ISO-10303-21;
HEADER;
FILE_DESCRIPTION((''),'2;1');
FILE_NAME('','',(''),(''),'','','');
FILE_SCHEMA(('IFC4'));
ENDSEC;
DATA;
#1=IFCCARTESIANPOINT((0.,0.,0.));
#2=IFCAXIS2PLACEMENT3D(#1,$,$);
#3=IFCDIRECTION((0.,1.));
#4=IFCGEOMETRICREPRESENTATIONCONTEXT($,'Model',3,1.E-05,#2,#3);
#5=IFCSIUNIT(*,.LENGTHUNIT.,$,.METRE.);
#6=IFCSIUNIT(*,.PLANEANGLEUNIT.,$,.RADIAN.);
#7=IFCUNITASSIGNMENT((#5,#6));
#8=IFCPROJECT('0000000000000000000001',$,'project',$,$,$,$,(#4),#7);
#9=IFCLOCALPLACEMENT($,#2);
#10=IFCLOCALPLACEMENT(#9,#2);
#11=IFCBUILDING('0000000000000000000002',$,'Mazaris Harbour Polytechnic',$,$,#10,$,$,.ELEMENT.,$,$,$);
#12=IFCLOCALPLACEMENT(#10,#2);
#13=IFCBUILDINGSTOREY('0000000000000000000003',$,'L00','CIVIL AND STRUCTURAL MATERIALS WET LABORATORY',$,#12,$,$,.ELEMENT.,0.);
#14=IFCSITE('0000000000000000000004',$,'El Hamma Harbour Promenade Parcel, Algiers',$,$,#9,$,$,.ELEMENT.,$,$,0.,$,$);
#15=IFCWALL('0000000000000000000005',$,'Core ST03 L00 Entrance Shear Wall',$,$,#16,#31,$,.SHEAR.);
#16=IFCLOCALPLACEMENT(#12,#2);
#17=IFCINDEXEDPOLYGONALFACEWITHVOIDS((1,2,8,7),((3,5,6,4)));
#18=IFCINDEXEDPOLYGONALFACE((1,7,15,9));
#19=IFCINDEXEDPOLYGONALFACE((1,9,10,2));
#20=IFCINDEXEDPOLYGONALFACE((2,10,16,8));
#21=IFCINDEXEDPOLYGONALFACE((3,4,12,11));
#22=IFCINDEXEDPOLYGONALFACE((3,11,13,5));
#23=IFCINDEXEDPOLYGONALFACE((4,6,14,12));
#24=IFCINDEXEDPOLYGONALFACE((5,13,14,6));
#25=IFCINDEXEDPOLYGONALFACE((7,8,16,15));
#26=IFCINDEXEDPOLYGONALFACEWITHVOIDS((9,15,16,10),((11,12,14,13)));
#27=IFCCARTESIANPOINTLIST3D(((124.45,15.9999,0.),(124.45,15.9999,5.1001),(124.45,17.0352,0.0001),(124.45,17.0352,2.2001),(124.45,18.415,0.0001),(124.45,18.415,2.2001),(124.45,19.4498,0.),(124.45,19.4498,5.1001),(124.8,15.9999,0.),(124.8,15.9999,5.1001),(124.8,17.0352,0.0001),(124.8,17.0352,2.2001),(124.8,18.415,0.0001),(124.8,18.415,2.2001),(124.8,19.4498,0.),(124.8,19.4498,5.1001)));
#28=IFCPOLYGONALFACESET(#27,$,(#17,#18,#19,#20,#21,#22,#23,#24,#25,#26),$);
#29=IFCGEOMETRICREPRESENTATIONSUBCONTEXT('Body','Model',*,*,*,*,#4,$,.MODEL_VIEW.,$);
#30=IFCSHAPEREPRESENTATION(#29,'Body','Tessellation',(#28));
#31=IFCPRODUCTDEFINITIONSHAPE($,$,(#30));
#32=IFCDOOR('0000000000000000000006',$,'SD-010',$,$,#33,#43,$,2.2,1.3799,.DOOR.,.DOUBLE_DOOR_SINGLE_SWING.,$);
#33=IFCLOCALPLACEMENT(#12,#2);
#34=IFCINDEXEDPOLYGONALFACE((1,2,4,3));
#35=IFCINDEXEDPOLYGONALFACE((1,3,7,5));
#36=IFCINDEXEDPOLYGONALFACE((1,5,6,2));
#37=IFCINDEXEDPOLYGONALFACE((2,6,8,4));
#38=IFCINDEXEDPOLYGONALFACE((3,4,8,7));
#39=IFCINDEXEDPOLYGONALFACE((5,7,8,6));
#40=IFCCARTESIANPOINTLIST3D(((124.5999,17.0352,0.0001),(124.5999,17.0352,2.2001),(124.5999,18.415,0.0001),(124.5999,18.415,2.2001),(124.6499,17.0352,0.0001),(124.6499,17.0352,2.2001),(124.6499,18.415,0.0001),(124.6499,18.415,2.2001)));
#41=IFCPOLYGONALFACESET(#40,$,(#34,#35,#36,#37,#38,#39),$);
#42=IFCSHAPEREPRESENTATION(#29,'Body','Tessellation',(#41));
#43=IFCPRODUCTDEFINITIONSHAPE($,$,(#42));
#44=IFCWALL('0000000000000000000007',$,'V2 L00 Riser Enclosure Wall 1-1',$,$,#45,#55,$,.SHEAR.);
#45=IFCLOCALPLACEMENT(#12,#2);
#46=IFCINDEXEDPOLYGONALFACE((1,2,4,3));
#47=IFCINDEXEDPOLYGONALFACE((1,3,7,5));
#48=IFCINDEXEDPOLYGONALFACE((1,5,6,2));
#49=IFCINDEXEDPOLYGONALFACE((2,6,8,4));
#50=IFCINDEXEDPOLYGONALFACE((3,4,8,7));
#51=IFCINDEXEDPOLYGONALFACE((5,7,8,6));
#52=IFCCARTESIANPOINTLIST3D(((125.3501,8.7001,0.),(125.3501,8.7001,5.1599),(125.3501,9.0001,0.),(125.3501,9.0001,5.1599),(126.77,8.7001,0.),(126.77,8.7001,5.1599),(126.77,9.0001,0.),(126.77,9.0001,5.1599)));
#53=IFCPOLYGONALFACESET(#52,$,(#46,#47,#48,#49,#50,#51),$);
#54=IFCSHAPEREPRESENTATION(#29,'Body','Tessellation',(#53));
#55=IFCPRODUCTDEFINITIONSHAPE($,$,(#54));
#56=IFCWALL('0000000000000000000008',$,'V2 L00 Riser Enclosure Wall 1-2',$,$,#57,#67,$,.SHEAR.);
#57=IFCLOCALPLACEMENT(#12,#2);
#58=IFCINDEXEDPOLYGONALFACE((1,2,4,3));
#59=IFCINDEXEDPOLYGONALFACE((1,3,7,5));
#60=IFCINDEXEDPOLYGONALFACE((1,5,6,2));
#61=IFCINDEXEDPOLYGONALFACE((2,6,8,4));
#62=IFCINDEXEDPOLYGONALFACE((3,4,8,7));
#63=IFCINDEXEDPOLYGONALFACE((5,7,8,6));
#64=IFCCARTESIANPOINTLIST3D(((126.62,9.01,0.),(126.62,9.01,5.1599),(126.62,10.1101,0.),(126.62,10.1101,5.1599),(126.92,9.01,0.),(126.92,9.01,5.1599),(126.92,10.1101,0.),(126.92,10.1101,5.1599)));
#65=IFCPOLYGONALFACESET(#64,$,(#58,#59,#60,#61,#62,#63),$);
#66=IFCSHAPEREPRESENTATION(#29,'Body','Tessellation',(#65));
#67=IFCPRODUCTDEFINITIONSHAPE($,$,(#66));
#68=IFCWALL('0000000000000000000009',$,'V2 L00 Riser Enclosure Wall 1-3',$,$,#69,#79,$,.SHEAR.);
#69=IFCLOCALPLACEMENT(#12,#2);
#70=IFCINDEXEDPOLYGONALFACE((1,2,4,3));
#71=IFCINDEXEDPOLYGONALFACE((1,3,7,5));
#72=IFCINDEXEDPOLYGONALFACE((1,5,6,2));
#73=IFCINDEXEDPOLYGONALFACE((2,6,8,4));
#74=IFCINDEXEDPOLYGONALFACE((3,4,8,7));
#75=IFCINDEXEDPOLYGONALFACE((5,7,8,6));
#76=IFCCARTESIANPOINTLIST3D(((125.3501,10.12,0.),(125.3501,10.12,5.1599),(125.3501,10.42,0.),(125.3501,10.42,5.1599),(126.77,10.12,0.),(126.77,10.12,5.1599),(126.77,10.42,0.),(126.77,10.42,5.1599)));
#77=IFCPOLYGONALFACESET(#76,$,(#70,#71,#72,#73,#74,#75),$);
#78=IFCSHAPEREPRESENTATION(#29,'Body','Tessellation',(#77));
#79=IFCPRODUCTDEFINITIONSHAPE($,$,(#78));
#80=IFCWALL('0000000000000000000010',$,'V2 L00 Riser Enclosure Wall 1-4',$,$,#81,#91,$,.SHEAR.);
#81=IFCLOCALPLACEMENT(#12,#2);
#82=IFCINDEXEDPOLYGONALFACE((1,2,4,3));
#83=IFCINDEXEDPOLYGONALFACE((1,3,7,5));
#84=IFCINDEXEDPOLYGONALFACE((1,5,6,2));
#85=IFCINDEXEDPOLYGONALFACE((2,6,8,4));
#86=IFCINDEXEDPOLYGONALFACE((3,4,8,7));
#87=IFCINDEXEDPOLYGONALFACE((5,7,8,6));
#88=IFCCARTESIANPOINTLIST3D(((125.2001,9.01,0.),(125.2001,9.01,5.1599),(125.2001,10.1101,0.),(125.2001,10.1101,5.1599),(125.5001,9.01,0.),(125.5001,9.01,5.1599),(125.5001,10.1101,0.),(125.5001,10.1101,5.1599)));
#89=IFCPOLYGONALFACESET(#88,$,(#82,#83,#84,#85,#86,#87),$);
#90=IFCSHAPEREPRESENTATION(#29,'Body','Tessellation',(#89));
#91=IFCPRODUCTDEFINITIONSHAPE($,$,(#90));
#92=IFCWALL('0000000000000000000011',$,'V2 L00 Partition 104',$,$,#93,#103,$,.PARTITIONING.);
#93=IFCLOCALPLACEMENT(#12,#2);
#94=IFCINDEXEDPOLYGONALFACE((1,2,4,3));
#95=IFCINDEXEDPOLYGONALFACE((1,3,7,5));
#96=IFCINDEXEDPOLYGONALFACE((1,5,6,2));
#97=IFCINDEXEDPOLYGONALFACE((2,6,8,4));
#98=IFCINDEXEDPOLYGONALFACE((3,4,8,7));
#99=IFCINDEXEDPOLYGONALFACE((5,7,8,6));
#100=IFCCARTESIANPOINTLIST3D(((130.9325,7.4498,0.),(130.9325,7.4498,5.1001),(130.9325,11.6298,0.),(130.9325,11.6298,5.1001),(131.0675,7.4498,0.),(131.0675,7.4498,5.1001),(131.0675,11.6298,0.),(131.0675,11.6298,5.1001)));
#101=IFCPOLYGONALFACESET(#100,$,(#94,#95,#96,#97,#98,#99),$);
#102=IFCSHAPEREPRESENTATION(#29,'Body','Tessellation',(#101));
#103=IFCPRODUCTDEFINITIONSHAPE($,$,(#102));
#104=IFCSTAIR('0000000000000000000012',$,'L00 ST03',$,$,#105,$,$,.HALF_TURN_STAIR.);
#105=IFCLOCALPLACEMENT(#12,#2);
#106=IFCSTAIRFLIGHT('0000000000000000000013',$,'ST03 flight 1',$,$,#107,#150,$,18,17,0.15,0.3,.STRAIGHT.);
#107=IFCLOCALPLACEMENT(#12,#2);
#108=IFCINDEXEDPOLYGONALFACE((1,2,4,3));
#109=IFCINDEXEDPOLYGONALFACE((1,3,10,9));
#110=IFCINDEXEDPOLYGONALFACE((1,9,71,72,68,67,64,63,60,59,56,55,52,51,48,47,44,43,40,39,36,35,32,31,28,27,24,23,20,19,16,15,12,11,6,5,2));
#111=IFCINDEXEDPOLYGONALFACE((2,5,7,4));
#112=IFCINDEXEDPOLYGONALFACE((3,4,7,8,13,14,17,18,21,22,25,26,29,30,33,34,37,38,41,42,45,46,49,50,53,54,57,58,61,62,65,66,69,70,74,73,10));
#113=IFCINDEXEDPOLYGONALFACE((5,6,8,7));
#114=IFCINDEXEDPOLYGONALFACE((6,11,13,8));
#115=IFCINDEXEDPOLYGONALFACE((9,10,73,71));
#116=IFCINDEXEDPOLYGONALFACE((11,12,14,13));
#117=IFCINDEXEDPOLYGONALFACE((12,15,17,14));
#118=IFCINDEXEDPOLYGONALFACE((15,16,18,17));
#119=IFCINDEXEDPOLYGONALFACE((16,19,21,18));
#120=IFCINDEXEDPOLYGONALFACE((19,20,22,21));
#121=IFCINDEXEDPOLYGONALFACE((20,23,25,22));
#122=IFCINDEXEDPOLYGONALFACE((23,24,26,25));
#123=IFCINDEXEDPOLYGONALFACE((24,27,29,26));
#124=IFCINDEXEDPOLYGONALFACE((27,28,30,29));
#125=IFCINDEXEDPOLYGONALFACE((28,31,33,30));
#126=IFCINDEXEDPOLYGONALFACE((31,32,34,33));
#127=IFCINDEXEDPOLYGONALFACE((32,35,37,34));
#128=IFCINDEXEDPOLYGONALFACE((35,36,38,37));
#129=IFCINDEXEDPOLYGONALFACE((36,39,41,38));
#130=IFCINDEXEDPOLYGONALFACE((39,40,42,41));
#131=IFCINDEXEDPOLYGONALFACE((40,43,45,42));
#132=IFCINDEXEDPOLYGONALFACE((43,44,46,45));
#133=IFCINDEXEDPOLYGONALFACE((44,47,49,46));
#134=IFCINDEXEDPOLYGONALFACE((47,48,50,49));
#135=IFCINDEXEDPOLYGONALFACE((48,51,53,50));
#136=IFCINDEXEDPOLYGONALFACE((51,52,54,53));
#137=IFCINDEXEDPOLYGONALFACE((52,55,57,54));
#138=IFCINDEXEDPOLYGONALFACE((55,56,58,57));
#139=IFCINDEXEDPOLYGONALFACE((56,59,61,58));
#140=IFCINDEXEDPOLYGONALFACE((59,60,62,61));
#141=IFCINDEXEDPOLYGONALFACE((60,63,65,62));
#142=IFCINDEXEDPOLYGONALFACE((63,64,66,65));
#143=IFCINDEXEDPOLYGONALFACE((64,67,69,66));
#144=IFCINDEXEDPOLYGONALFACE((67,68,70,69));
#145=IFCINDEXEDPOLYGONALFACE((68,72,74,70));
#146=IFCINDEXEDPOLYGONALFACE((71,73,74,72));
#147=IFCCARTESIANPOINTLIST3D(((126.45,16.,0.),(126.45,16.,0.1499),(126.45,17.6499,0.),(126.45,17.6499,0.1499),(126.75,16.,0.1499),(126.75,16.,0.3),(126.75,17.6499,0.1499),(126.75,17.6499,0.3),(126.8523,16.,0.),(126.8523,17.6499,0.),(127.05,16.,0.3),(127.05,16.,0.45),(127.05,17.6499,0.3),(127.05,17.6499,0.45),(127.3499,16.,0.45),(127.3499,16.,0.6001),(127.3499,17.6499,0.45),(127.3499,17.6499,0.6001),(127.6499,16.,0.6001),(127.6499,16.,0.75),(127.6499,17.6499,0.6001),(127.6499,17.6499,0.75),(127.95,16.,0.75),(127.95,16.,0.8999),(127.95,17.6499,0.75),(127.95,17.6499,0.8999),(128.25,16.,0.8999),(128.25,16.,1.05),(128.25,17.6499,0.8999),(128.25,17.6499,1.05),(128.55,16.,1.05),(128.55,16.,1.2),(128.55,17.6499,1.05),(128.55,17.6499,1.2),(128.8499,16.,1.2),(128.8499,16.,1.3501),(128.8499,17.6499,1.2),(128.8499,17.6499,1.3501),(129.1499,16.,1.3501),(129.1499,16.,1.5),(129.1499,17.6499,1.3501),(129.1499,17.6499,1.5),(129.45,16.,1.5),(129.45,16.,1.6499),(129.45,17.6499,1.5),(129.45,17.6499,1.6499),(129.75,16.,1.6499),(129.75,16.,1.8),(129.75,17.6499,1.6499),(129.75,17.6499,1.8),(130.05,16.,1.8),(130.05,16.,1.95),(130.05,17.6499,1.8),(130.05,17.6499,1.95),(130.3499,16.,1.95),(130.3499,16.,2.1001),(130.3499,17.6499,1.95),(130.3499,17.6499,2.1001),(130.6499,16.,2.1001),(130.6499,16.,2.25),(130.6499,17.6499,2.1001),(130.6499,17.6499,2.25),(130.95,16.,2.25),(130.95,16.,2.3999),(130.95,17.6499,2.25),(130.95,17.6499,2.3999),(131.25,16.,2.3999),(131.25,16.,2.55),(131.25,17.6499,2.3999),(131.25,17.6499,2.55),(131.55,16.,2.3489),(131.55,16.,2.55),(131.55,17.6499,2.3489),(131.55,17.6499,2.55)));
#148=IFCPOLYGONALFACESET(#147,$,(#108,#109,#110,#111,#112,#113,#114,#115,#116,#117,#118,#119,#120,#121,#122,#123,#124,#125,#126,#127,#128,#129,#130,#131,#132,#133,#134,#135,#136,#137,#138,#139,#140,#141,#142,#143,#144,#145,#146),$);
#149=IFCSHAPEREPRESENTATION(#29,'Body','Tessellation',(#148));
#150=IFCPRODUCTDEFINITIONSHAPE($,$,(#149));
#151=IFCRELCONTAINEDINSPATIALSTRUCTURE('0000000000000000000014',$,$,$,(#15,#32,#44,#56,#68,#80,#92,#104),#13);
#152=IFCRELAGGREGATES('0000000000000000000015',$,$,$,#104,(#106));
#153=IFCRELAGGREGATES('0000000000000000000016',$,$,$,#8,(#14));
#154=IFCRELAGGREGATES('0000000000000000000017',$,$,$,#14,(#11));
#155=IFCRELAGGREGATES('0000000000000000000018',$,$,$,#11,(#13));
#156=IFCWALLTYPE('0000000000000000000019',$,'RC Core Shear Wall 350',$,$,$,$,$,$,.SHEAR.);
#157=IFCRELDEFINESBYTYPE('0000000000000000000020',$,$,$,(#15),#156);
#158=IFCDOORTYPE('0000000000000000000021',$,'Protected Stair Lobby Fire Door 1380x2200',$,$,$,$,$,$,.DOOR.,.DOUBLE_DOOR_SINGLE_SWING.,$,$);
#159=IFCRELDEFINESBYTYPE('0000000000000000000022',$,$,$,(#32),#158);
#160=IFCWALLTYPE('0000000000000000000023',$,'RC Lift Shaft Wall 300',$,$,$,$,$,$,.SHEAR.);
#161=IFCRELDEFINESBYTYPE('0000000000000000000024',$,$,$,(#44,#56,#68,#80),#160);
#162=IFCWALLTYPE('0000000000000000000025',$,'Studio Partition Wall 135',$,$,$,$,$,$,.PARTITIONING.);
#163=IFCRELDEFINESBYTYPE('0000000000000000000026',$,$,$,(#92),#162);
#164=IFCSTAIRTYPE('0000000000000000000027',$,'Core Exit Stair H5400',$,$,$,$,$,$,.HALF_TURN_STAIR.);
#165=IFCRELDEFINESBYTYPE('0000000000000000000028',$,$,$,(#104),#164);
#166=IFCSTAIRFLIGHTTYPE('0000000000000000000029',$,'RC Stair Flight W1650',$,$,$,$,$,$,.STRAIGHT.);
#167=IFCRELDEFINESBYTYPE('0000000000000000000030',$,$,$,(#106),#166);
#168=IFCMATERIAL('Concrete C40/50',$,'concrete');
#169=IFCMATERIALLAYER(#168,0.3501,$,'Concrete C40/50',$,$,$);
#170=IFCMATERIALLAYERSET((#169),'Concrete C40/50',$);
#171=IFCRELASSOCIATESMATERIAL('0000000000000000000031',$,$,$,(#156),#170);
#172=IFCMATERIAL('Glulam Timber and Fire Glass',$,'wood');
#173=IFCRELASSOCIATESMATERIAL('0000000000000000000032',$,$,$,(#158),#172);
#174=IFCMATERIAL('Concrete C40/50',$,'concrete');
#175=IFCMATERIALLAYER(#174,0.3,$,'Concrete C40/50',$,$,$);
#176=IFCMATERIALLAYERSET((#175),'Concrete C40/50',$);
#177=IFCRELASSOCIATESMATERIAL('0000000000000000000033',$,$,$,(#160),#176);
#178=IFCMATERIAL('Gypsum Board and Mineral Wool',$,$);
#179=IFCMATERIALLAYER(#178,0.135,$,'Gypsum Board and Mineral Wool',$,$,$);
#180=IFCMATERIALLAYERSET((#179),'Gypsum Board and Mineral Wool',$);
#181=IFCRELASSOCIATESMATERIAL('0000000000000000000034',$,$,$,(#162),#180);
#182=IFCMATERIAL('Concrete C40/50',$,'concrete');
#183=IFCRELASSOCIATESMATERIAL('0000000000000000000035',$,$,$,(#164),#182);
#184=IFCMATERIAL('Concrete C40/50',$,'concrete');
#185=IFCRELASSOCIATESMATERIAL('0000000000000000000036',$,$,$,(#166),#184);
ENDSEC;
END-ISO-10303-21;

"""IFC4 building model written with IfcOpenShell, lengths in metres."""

from ifc_helpers import new_model, si_unit, direction, frame, frame_2d, origin, place, context, subcontext, project, spatial, polyline, rectangle, outline, extrude, material, layer, layer_set, type_object, element, fill, aggregate, save


model = new_model("IFC4")

# Units and contexts
model_context = context("Model", 3, precision=1e-05, world=origin(), true_north=direction((0.0, 1.0)))
body_context = subcontext(model_context, "Body", "Model", "MODEL_VIEW")
ifc_project = project(units=[si_unit("LENGTHUNIT", "METRE"), si_unit("PLANEANGLEUNIT", "RADIAN")], contexts=[model_context])

# Site, building, storey
site_placement = place(None, origin())
site = spatial("IfcSite", under=ifc_project, at=site_placement, Name="El Hamma Harbour Promenade Parcel, Algiers", CompositionType="ELEMENT", RefElevation=0.0)
building_placement = place(site_placement, origin())
building = spatial("IfcBuilding", under=site, at=building_placement, Name="Mazaris Harbour Polytechnic", CompositionType="ELEMENT")
storey_placement = place(building_placement, origin())
storey = spatial("IfcBuildingStorey", under=building, at=storey_placement, Name="L00", Description="CIVIL AND STRUCTURAL MATERIALS WET LABORATORY", CompositionType="ELEMENT", Elevation=0.0)

# Shared definitions
ifc_material_1 = material(Name="Concrete C40/50", Category="concrete")
ifc_layer_1 = layer(ifc_material_1, 0.3501, Name="Concrete C40/50")
ifc_layer_set_1 = layer_set([ifc_layer_1], Name="Concrete C40/50")
wall_type_1 = type_object("IfcWallType", Name="RC Core Shear Wall 350", PredefinedType="SHEAR", material=ifc_layer_set_1)

# Wall, opening, door
wall_1_placement = place(storey_placement, frame((124.625, 19.45, 0.0), z_axis=(0.0, 0.0, 1.0), x_axis=(0.0, -1.0, 0.0)))
wall_1 = element("IfcWall", 1, at=wall_1_placement, inside=storey, type_object=wall_type_1, Name="Core ST03 L00 Entrance Shear Wall", PredefinedType="SHEAR", context=body_context, shape_type="SweptSolid", body=[
    extrude(rectangle(XDim=3.45, YDim=0.3501, at=frame_2d((1.7251, 0.0))), origin(), (0.0, 0.0, 1.0), 5.1001),
])
opening_1_placement = place(wall_1_placement, frame((1.0349, 0.0, 0.0)))
opening_1 = element("IfcOpeningElement", 2, at=opening_1_placement, cuts=wall_1, PredefinedType="OPENING", context=body_context, shape_type="SweptSolid", body=[
    extrude(rectangle(XDim=1.3799, YDim=2.2, at=frame_2d((0.6899, 1.1001))), frame((0.0, 0.1851, 0.0), z_axis=(0.0, -1.0, 0.0), x_axis=(1.0, 0.0, 0.0)), (0.0, 0.0, 1.0), 0.3701),
])
ifc_material_2 = material(Name="Glulam Timber and Fire Glass", Category="wood")
door_type_1 = type_object("IfcDoorType", Name="Protected Stair Lobby Fire Door 1380x2200", OperationType="DOUBLE_DOOR_SINGLE_SWING", PredefinedType="DOOR", material=ifc_material_2)
door_1_placement = place(opening_1_placement, origin())
door_1 = element("IfcDoor", 3, at=door_1_placement, inside=storey, type_object=door_type_1, Name="SD-010", OperationType="DOUBLE_DOOR_SINGLE_SWING", OverallHeight=2.2, OverallWidth=1.3799, PredefinedType="DOOR", context=body_context, shape_type="SweptSolid", body=[
    extrude(rectangle(XDim=1.3799, YDim=2.2, at=frame_2d((0.6899, 1.1001))), frame((0.0, 0.0249, 0.0), z_axis=(0.0, -1.0, 0.0), x_axis=(1.0, 0.0, 0.0)), (0.0, 0.0, 1.0), 0.05),
])
fill(opening_1, door_1)

# Walls
ifc_material_3 = material(Name="Concrete C40/50", Category="concrete")
ifc_layer_2 = layer(ifc_material_3, 0.3, Name="Concrete C40/50")
ifc_layer_set_2 = layer_set([ifc_layer_2], Name="Concrete C40/50")
wall_type_2 = type_object("IfcWallType", Name="RC Lift Shaft Wall 300", PredefinedType="SHEAR", material=ifc_layer_set_2)
wall_2_placement = place(storey_placement, frame((125.3501, 8.8501, 0.0), z_axis=(0.0, 0.0, 1.0), x_axis=(1.0, 0.0, 0.0)))
element("IfcWall", 4, at=wall_2_placement, inside=storey, type_object=wall_type_2, Name="V2 L00 Riser Enclosure Wall 1-1", PredefinedType="SHEAR", context=body_context, shape_type="SweptSolid", body=[
    extrude(rectangle(XDim=1.4199, YDim=0.3, at=frame_2d((0.71, 0.0))), origin(), (0.0, 0.0, 1.0), 5.1599),
])
wall_3_placement = place(storey_placement, frame((126.77, 9.01, 0.0), z_axis=(0.0, 0.0, 1.0), x_axis=(0.0, 1.0, 0.0)))
element("IfcWall", 5, at=wall_3_placement, inside=storey, type_object=wall_type_2, Name="V2 L00 Riser Enclosure Wall 1-2", PredefinedType="SHEAR", context=body_context, shape_type="SweptSolid", body=[
    extrude(rectangle(XDim=1.1001, YDim=0.3, at=frame_2d((0.55, 0.0))), origin(), (0.0, 0.0, 1.0), 5.1599),
])
wall_4_placement = place(storey_placement, frame((126.77, 10.27, 0.0), z_axis=(0.0, 0.0, 1.0), x_axis=(-1.0, 0.0, 0.0)))
element("IfcWall", 6, at=wall_4_placement, inside=storey, type_object=wall_type_2, Name="V2 L00 Riser Enclosure Wall 1-3", PredefinedType="SHEAR", context=body_context, shape_type="SweptSolid", body=[
    extrude(rectangle(XDim=1.4199, YDim=0.3, at=frame_2d((0.71, 0.0))), origin(), (0.0, 0.0, 1.0), 5.1599),
])
wall_5_placement = place(storey_placement, frame((125.3501, 10.1101, 0.0), z_axis=(0.0, 0.0, 1.0), x_axis=(0.0, -1.0, 0.0)))
element("IfcWall", 7, at=wall_5_placement, inside=storey, type_object=wall_type_2, Name="V2 L00 Riser Enclosure Wall 1-4", PredefinedType="SHEAR", context=body_context, shape_type="SweptSolid", body=[
    extrude(rectangle(XDim=1.1001, YDim=0.3, at=frame_2d((0.55, 0.0))), origin(), (0.0, 0.0, 1.0), 5.1599),
])
ifc_material_4 = material(Name="Gypsum Board and Mineral Wool")
ifc_layer_3 = layer(ifc_material_4, 0.135, Name="Gypsum Board and Mineral Wool")
ifc_layer_set_3 = layer_set([ifc_layer_3], Name="Gypsum Board and Mineral Wool")
wall_type_3 = type_object("IfcWallType", Name="Studio Partition Wall 135", PredefinedType="PARTITIONING", material=ifc_layer_set_3)
wall_6_placement = place(storey_placement, frame((131.0, 7.45, 0.0), z_axis=(0.0, 0.0, 1.0), x_axis=(0.0, 1.0, 0.0)))
element("IfcWall", 8, at=wall_6_placement, inside=storey, type_object=wall_type_3, Name="V2 L00 Partition 104", PredefinedType="PARTITIONING", context=body_context, shape_type="SweptSolid", body=[
    extrude(rectangle(XDim=4.1799, YDim=0.135, at=frame_2d((2.0898, 0.0))), origin(), (0.0, 0.0, 1.0), 5.1001),
])

# Stair, stair flight
ifc_material_5 = material(Name="Concrete C40/50", Category="concrete")
stair_type = type_object("IfcStairType", Name="Core Exit Stair H5400", PredefinedType="HALF_TURN_STAIR", material=ifc_material_5)
stair_placement = place(storey_placement, origin())
stair = element("IfcStair", 9, at=stair_placement, inside=storey, type_object=stair_type, Name="L00 ST03", PredefinedType="HALF_TURN_STAIR")
ifc_material_6 = material(Name="Concrete C40/50", Category="concrete")
stair_flight_type = type_object("IfcStairFlightType", Name="RC Stair Flight W1650", PredefinedType="STRAIGHT", material=ifc_material_6)
stair_flight_placement = place(storey_placement, frame((126.45, 16.825, 0.0), z_axis=(0.0, 0.0, 1.0), x_axis=(1.0, 0.0, 0.0)))
stair_flight = element("IfcStairFlight", 10, at=stair_flight_placement, type_object=stair_flight_type, Name="ST03 flight 1", NumberOfRisers=18, NumberOfTreads=17, PredefinedType="STRAIGHT", RiserHeight=0.15, TreadLength=0.3, context=body_context, shape_type="SweptSolid", body=[
    extrude(outline(polyline([(0.0, 0.0), (0.0, 0.1499), (0.3, 0.1499), (0.3, 0.3), (0.6001, 0.3), (0.6001, 0.45), (0.8999, 0.45), (0.8999, 0.6001), (1.2, 0.6001), (1.2, 0.75), (1.5, 0.75), (1.5, 0.8999), (1.8, 0.8999), (1.8, 1.05), (2.1001, 1.05), (2.1001, 1.2), (2.3999, 1.2), (2.3999, 1.3501), (2.7, 1.3501), (2.7, 1.5), (3.0, 1.5), (3.0, 1.6499), (3.3, 1.6499), (3.3, 1.8), (3.6001, 1.8), (3.6001, 1.95), (3.8999, 1.95), (3.8999, 2.1001), (4.2, 2.1001), (4.2, 2.25), (4.5, 2.25), (4.5, 2.3999), (4.8, 2.3999), (4.8, 2.55), (5.1001, 2.55), (5.1001, 2.7), (5.1001, 2.3489), (0.4023, 0.0), (0.0, 0.0)])), frame((0.0, 0.825, 0.0), z_axis=(0.0, -1.0, 0.0), x_axis=(1.0, 0.0, 0.0)), (0.0, 0.0, 1.0), 1.6499),
])
aggregate(stair, [stair_flight])

save(model, "model.ifc")
